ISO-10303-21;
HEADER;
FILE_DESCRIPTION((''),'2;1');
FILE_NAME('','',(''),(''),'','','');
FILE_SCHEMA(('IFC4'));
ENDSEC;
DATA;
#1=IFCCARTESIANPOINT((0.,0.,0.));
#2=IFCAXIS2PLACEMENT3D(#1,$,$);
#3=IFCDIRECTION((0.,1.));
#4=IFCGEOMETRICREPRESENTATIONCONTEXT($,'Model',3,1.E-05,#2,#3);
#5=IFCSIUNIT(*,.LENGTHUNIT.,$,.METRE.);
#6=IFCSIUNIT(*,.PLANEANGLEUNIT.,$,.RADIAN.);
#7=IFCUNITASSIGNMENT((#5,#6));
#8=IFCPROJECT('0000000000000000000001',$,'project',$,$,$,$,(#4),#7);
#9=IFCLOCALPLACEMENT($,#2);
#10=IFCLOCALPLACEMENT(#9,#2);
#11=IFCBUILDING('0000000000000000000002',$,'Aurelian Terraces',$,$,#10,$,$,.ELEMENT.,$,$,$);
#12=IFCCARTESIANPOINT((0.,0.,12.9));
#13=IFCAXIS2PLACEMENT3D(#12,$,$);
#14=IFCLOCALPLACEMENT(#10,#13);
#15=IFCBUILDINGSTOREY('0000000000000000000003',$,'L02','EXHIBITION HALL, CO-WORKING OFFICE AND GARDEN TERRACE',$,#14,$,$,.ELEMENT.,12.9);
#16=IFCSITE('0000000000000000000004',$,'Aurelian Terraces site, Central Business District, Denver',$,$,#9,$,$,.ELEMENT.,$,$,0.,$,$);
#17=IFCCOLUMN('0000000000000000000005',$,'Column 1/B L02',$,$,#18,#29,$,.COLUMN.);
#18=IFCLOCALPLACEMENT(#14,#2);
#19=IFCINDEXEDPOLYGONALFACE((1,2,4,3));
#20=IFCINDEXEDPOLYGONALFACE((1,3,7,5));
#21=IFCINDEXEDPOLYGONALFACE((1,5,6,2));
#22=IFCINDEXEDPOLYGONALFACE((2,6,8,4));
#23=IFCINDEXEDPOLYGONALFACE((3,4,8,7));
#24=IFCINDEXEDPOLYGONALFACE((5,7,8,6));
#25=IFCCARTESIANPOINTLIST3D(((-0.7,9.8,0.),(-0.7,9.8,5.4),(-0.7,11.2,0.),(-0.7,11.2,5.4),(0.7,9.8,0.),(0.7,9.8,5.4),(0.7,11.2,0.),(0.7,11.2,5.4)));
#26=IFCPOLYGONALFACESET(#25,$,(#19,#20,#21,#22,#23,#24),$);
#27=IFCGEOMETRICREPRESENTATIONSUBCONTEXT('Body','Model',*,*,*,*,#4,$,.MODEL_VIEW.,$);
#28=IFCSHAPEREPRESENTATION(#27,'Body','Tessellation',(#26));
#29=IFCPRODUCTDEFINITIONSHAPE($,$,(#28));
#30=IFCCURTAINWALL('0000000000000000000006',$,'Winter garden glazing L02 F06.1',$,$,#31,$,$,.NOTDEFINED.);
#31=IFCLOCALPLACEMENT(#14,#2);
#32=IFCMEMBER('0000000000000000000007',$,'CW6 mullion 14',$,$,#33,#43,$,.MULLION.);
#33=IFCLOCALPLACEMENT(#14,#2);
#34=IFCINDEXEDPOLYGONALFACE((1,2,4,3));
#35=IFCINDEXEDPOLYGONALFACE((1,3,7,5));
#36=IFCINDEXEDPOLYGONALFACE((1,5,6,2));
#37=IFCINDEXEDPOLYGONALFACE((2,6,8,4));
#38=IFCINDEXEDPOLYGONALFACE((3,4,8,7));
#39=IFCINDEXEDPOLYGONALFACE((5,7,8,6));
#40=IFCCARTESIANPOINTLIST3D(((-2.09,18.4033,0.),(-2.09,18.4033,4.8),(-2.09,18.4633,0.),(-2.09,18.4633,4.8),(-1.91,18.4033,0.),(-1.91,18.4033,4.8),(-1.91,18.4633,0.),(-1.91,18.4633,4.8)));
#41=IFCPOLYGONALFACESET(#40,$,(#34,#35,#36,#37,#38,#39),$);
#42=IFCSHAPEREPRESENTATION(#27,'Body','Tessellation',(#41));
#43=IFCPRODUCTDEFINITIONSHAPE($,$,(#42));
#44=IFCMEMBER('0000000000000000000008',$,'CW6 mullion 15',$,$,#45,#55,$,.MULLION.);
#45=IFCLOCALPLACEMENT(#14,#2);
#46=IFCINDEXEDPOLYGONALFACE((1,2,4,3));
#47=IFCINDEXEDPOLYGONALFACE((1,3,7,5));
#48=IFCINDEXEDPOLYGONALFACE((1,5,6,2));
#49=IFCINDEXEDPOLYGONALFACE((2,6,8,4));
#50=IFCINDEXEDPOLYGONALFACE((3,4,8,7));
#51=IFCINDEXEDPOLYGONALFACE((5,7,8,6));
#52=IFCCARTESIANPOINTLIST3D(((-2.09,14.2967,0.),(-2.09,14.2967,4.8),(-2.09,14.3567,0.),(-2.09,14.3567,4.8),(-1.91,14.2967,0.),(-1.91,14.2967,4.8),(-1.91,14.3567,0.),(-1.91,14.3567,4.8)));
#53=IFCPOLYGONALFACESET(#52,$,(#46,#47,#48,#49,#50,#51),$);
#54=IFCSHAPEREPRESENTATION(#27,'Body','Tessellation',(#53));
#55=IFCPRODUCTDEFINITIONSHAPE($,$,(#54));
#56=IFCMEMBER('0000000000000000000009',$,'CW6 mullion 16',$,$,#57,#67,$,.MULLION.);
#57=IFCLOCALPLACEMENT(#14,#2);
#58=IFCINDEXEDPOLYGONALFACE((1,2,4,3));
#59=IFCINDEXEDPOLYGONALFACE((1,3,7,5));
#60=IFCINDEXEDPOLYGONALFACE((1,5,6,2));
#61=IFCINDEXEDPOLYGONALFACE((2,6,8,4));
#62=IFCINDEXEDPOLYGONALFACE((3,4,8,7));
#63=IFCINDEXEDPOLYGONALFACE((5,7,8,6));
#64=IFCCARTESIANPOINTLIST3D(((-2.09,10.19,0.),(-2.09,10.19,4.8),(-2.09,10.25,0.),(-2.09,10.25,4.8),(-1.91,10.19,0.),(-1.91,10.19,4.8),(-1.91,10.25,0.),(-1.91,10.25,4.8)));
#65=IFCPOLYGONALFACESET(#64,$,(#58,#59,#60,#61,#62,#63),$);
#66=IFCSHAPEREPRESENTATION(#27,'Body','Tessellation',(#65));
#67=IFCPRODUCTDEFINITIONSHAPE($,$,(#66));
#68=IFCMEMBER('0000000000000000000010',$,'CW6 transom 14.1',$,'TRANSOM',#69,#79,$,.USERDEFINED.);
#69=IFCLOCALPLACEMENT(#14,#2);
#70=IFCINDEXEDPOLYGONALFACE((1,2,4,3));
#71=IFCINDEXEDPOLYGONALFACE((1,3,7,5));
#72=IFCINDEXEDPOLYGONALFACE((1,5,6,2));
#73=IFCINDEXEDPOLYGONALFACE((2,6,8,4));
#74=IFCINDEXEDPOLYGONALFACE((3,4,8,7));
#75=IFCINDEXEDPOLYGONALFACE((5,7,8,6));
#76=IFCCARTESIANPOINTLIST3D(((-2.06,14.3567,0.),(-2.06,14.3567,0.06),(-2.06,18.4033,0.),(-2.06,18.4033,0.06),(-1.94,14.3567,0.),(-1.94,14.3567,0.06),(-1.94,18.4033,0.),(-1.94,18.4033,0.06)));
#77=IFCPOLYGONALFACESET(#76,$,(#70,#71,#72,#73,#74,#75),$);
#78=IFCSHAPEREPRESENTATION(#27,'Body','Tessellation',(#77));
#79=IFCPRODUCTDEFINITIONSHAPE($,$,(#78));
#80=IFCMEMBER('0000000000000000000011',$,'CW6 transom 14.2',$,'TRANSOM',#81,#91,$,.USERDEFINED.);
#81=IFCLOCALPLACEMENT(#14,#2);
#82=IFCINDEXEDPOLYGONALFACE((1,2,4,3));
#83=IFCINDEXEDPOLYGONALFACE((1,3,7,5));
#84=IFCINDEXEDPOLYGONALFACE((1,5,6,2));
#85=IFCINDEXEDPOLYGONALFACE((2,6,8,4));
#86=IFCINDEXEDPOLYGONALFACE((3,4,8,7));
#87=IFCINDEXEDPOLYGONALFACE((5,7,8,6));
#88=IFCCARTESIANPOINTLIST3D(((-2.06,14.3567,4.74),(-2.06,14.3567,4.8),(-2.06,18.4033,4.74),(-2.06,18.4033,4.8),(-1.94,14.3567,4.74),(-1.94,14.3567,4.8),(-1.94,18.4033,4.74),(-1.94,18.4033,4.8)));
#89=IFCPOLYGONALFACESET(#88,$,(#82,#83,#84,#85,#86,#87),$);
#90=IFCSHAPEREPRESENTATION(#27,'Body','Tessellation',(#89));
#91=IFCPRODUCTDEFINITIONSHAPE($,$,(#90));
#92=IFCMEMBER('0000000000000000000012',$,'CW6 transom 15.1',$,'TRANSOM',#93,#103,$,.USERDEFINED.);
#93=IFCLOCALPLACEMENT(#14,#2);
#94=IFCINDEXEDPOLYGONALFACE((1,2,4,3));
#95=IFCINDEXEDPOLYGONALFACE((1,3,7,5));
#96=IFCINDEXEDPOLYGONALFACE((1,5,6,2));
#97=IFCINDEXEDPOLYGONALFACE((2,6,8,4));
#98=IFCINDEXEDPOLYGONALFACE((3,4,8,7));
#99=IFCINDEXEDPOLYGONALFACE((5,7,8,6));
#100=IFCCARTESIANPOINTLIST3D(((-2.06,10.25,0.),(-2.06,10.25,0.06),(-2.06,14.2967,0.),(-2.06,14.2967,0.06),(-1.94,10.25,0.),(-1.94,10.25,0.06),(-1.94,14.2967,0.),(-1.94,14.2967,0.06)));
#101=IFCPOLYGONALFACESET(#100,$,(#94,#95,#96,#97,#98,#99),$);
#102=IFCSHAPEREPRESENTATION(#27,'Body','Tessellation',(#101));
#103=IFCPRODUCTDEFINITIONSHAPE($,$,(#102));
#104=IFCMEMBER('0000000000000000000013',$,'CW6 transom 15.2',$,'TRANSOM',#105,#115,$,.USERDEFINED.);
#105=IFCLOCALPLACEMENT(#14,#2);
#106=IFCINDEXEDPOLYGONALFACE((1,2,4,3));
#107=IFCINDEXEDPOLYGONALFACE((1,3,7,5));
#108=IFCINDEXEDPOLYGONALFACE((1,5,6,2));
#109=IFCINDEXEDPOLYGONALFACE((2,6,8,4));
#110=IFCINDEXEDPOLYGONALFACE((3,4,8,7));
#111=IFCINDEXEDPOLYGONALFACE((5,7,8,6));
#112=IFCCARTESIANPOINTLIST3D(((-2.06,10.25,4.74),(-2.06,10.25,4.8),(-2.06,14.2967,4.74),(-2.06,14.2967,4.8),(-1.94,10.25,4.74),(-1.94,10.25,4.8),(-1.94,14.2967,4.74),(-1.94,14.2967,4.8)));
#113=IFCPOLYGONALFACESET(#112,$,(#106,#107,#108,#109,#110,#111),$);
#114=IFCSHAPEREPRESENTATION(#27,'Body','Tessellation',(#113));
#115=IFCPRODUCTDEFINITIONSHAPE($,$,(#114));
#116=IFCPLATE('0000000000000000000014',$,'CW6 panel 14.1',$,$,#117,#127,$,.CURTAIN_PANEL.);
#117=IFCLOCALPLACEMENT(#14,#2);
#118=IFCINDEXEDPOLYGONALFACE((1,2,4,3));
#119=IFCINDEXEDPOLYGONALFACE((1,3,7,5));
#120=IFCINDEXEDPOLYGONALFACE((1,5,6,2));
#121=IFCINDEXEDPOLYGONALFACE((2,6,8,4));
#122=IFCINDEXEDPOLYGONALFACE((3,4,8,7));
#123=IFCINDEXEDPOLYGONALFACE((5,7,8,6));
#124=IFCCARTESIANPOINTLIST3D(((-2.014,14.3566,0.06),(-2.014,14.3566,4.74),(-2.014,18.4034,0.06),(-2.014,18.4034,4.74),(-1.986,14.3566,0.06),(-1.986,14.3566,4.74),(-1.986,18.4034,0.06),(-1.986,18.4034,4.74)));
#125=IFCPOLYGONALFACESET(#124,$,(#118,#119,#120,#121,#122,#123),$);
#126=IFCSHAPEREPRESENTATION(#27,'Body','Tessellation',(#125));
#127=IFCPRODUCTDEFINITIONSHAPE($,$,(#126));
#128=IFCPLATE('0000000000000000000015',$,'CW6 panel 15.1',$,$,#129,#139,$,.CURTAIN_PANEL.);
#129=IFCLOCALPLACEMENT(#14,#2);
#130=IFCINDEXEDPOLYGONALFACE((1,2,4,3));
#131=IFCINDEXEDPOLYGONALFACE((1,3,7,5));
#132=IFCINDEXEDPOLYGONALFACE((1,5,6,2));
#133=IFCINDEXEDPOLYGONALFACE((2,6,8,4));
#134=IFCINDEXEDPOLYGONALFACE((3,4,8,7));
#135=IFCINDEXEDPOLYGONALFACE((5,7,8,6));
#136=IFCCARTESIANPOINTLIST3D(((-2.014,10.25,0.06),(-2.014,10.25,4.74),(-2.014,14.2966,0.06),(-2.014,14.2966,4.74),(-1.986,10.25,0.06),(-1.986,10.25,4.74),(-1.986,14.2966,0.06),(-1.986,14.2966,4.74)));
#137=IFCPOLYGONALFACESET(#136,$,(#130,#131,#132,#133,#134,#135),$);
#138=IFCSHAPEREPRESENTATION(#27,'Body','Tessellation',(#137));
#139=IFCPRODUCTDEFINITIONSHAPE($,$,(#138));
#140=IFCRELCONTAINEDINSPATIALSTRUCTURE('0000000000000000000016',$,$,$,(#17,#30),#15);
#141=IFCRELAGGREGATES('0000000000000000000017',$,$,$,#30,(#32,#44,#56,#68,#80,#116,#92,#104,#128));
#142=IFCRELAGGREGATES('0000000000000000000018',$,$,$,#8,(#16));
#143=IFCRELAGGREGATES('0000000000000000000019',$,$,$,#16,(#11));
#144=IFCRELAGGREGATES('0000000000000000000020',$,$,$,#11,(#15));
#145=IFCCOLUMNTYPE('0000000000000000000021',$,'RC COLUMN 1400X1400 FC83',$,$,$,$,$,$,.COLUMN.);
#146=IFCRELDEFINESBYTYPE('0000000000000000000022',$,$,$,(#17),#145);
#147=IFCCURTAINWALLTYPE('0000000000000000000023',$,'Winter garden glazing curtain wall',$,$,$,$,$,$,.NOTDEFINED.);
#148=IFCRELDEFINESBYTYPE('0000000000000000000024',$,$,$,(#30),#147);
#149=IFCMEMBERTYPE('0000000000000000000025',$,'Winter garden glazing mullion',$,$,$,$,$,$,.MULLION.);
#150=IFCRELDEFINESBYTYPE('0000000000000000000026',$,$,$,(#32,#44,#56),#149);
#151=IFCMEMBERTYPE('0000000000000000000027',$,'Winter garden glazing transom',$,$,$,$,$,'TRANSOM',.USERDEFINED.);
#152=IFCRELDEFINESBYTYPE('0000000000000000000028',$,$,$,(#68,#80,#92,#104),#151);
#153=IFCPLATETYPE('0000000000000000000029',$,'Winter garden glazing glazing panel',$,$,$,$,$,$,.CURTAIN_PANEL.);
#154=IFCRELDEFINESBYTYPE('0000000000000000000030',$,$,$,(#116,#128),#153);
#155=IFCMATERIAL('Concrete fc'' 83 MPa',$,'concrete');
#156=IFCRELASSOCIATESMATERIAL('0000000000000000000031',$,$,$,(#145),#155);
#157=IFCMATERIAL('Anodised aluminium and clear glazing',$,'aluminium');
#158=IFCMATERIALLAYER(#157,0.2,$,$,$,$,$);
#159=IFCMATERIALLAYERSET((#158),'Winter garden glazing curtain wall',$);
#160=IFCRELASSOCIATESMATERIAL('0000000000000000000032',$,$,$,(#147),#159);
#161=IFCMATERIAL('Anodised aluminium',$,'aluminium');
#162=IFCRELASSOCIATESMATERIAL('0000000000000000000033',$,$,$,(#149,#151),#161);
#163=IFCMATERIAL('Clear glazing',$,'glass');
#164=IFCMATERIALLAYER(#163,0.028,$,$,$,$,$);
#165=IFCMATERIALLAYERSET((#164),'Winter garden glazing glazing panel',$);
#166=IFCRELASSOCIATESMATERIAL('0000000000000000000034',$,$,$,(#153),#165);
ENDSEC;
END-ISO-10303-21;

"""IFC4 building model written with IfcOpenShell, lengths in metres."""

from ifc_helpers import new_model, si_unit, direction, frame, origin, origin_2d, place, context, subcontext, project, spatial, rectangle, extrude, source, transform, mapped, material, layer, layer_set, material_profile, profile_set, type_object, element, aggregate, save


model = new_model("IFC4")

# Units and contexts
model_context = context("Model", 3, precision=1e-05, world=origin(), true_north=direction((0.0, 1.0)))
body_context = subcontext(model_context, "Body", "Model", "MODEL_VIEW")
ifc_project = project(units=[si_unit("LENGTHUNIT", "METRE"), si_unit("PLANEANGLEUNIT", "RADIAN")], contexts=[model_context])

# Site, building, storey
site_placement = place(None, origin())
site = spatial("IfcSite", under=ifc_project, at=site_placement, Name="Aurelian Terraces site, Central Business District, Denver", CompositionType="ELEMENT", RefElevation=0.0)
building_placement = place(site_placement, origin())
building = spatial("IfcBuilding", under=site, at=building_placement, Name="Aurelian Terraces", CompositionType="ELEMENT")
storey_placement = place(building_placement, frame((0.0, 0.0, 12.9)))
storey = spatial("IfcBuildingStorey", under=building, at=storey_placement, Name="L02", Description="EXHIBITION HALL, CO-WORKING OFFICE AND GARDEN TERRACE", CompositionType="ELEMENT", Elevation=12.9)

# Column
ifc_material_1 = material(Name="Concrete fc' 83 MPa", Category="concrete")
ifc_material_profile_1 = material_profile(ifc_material_1, rectangle(XDim=1.4, YDim=1.4, at=origin_2d()))
ifc_profile_set_1 = profile_set([ifc_material_profile_1], Name="Concrete fc' 83 MPa")
column_type = type_object("IfcColumnType", Name="RC COLUMN 1400X1400 FC83", PredefinedType="COLUMN", material=ifc_profile_set_1)
shared_shape_1 = source(origin(), body_context, "Body", "SweptSolid", [
    extrude(rectangle(XDim=1.4, YDim=1.4, at=origin_2d()), origin(), (0.0, 0.0, 1.0), 5.4),
])
column_placement = place(storey_placement, frame((0.0, 10.5, 0.0), z_axis=(0.0, 0.0, 1.0), x_axis=(1.0, 0.0, 0.0)))
element("IfcColumn", 1, at=column_placement, inside=storey, type_object=column_type, Name="Column 1/B L02", PredefinedType="COLUMN", context=body_context, shape_type="MappedRepresentation", body=[
    mapped(shared_shape_1, transform((0.0, 0.0, 0.0), scale=1.0)),
])

# Curtain wall, members, plates
ifc_material_2 = material(Name="Anodised aluminium and clear glazing", Category="aluminium")
ifc_layer_1 = layer(ifc_material_2, 0.2)
ifc_layer_set_1 = layer_set([ifc_layer_1], Name="Winter garden glazing curtain wall")
curtain_wall_type = type_object("IfcCurtainWallType", Name="Winter garden glazing curtain wall", PredefinedType="NOTDEFINED", material=ifc_layer_set_1)
curtain_wall_placement = place(storey_placement, origin())
curtain_wall = element("IfcCurtainWall", 2, at=curtain_wall_placement, inside=storey, type_object=curtain_wall_type, Name="Winter garden glazing L02 F06.1", PredefinedType="NOTDEFINED")
ifc_material_3 = material(Name="Anodised aluminium", Category="aluminium")
ifc_material_profile_2 = material_profile(ifc_material_3, rectangle(XDim=0.18, YDim=0.06, at=origin_2d()))
ifc_profile_set_2 = profile_set([ifc_material_profile_2], Name="Anodised aluminium")
member_type_1 = type_object("IfcMemberType", Name="Winter garden glazing mullion", PredefinedType="MULLION", material=ifc_profile_set_2)
shared_shape_2 = source(origin(), body_context, "Body", "SweptSolid", [
    extrude(rectangle(XDim=0.18, YDim=0.06, at=origin_2d()), origin(), (0.0, 0.0, 1.0), 4.8),
])
member_1_placement = place(storey_placement, frame((-2.0, 18.4333, 0.0), z_axis=(0.0, 0.0, 1.0), x_axis=(1.0, 0.0, 0.0)))
member_1 = element("IfcMember", 3, at=member_1_placement, type_object=member_type_1, Name="CW6 mullion 14", PredefinedType="MULLION", context=body_context, shape_type="MappedRepresentation", body=[
    mapped(shared_shape_2, transform((0.0, 0.0, 0.0), scale=1.0)),
])
member_2_placement = place(storey_placement, frame((-2.0, 14.3267, 0.0), z_axis=(0.0, 0.0, 1.0), x_axis=(1.0, 0.0, 0.0)))
member_2 = element("IfcMember", 4, at=member_2_placement, type_object=member_type_1, Name="CW6 mullion 15", PredefinedType="MULLION", context=body_context, shape_type="MappedRepresentation", body=[
    mapped(shared_shape_2, transform((0.0, 0.0, 0.0), scale=1.0)),
])
member_3_placement = place(storey_placement, frame((-2.0, 10.22, 0.0), z_axis=(0.0, 0.0, 1.0), x_axis=(1.0, 0.0, 0.0)))
member_3 = element("IfcMember", 5, at=member_3_placement, type_object=member_type_1, Name="CW6 mullion 16", PredefinedType="MULLION", context=body_context, shape_type="MappedRepresentation", body=[
    mapped(shared_shape_2, transform((0.0, 0.0, 0.0), scale=1.0)),
])
ifc_material_profile_3 = material_profile(ifc_material_3, rectangle(XDim=0.12, YDim=0.06, at=origin_2d()))
ifc_profile_set_3 = profile_set([ifc_material_profile_3], Name="Anodised aluminium")
member_type_2 = type_object("IfcMemberType", Name="Winter garden glazing transom", ElementType="TRANSOM", PredefinedType="USERDEFINED", material=ifc_profile_set_3)
shared_shape_3 = source(origin(), body_context, "Body", "SweptSolid", [
    extrude(rectangle(XDim=0.12, YDim=0.06, at=origin_2d()), origin(), (0.0, 0.0, 1.0), 4.0466),
])
member_4_placement = place(storey_placement, frame((-2.0, 18.4033, 0.03), z_axis=(0.0, -1.0, 0.0), x_axis=(1.0, 0.0, 0.0)))
member_4 = element("IfcMember", 6, at=member_4_placement, type_object=member_type_2, Name="CW6 transom 14.1", ObjectType="TRANSOM", PredefinedType="USERDEFINED", context=body_context, shape_type="MappedRepresentation", body=[
    mapped(shared_shape_3, transform((0.0, 0.0, 0.0), scale=1.0)),
])
member_5_placement = place(storey_placement, frame((-2.0, 18.4033, 4.77), z_axis=(0.0, -1.0, 0.0), x_axis=(1.0, 0.0, 0.0)))
member_5 = element("IfcMember", 7, at=member_5_placement, type_object=member_type_2, Name="CW6 transom 14.2", ObjectType="TRANSOM", PredefinedType="USERDEFINED", context=body_context, shape_type="MappedRepresentation", body=[
    mapped(shared_shape_3, transform((0.0, 0.0, 0.0), scale=1.0)),
])
shared_shape_4 = source(origin(), body_context, "Body", "SweptSolid", [
    extrude(rectangle(XDim=0.12, YDim=0.06, at=origin_2d()), origin(), (0.0, 0.0, 1.0), 4.0467),
])
member_6_placement = place(storey_placement, frame((-2.0, 14.2967, 0.03), z_axis=(0.0, -1.0, 0.0), x_axis=(1.0, 0.0, 0.0)))
member_6 = element("IfcMember", 8, at=member_6_placement, type_object=member_type_2, Name="CW6 transom 15.1", ObjectType="TRANSOM", PredefinedType="USERDEFINED", context=body_context, shape_type="MappedRepresentation", body=[
    mapped(shared_shape_4, transform((0.0, 0.0, 0.0), scale=1.0)),
])
member_7_placement = place(storey_placement, frame((-2.0, 14.2967, 4.77), z_axis=(0.0, -1.0, 0.0), x_axis=(1.0, 0.0, 0.0)))
member_7 = element("IfcMember", 9, at=member_7_placement, type_object=member_type_2, Name="CW6 transom 15.2", ObjectType="TRANSOM", PredefinedType="USERDEFINED", context=body_context, shape_type="MappedRepresentation", body=[
    mapped(shared_shape_4, transform((0.0, 0.0, 0.0), scale=1.0)),
])
ifc_material_4 = material(Name="Clear glazing", Category="glass")
ifc_layer_2 = layer(ifc_material_4, 0.028)
ifc_layer_set_2 = layer_set([ifc_layer_2], Name="Winter garden glazing glazing panel")
plate_type = type_object("IfcPlateType", Name="Winter garden glazing glazing panel", PredefinedType="CURTAIN_PANEL", material=ifc_layer_set_2)
shared_shape_5 = source(origin(), body_context, "Body", "SweptSolid", [
    extrude(rectangle(XDim=4.0467, YDim=0.028, at=origin_2d()), origin(), (0.0, 0.0, 1.0), 4.68),
])
plate_1_placement = place(storey_placement, frame((-2.0, 16.38, 0.06), z_axis=(0.0, 0.0, 1.0), x_axis=(0.0, -1.0, 0.0)))
plate_1 = element("IfcPlate", 10, at=plate_1_placement, type_object=plate_type, Name="CW6 panel 14.1", PredefinedType="CURTAIN_PANEL", context=body_context, shape_type="MappedRepresentation", body=[
    mapped(shared_shape_5, transform((0.0, 0.0, 0.0), scale=1.0)),
])
plate_2_placement = place(storey_placement, frame((-2.0, 12.2733, 0.06), z_axis=(0.0, 0.0, 1.0), x_axis=(0.0, -1.0, 0.0)))
plate_2 = element("IfcPlate", 11, at=plate_2_placement, type_object=plate_type, Name="CW6 panel 15.1", PredefinedType="CURTAIN_PANEL", context=body_context, shape_type="MappedRepresentation", body=[
    mapped(shared_shape_5, transform((0.0, 0.0, 0.0), scale=1.0)),
])
aggregate(curtain_wall, [member_1, member_2, member_3, member_4, member_5, plate_1, member_6, member_7, plate_2])

save(model, "model.ifc")
